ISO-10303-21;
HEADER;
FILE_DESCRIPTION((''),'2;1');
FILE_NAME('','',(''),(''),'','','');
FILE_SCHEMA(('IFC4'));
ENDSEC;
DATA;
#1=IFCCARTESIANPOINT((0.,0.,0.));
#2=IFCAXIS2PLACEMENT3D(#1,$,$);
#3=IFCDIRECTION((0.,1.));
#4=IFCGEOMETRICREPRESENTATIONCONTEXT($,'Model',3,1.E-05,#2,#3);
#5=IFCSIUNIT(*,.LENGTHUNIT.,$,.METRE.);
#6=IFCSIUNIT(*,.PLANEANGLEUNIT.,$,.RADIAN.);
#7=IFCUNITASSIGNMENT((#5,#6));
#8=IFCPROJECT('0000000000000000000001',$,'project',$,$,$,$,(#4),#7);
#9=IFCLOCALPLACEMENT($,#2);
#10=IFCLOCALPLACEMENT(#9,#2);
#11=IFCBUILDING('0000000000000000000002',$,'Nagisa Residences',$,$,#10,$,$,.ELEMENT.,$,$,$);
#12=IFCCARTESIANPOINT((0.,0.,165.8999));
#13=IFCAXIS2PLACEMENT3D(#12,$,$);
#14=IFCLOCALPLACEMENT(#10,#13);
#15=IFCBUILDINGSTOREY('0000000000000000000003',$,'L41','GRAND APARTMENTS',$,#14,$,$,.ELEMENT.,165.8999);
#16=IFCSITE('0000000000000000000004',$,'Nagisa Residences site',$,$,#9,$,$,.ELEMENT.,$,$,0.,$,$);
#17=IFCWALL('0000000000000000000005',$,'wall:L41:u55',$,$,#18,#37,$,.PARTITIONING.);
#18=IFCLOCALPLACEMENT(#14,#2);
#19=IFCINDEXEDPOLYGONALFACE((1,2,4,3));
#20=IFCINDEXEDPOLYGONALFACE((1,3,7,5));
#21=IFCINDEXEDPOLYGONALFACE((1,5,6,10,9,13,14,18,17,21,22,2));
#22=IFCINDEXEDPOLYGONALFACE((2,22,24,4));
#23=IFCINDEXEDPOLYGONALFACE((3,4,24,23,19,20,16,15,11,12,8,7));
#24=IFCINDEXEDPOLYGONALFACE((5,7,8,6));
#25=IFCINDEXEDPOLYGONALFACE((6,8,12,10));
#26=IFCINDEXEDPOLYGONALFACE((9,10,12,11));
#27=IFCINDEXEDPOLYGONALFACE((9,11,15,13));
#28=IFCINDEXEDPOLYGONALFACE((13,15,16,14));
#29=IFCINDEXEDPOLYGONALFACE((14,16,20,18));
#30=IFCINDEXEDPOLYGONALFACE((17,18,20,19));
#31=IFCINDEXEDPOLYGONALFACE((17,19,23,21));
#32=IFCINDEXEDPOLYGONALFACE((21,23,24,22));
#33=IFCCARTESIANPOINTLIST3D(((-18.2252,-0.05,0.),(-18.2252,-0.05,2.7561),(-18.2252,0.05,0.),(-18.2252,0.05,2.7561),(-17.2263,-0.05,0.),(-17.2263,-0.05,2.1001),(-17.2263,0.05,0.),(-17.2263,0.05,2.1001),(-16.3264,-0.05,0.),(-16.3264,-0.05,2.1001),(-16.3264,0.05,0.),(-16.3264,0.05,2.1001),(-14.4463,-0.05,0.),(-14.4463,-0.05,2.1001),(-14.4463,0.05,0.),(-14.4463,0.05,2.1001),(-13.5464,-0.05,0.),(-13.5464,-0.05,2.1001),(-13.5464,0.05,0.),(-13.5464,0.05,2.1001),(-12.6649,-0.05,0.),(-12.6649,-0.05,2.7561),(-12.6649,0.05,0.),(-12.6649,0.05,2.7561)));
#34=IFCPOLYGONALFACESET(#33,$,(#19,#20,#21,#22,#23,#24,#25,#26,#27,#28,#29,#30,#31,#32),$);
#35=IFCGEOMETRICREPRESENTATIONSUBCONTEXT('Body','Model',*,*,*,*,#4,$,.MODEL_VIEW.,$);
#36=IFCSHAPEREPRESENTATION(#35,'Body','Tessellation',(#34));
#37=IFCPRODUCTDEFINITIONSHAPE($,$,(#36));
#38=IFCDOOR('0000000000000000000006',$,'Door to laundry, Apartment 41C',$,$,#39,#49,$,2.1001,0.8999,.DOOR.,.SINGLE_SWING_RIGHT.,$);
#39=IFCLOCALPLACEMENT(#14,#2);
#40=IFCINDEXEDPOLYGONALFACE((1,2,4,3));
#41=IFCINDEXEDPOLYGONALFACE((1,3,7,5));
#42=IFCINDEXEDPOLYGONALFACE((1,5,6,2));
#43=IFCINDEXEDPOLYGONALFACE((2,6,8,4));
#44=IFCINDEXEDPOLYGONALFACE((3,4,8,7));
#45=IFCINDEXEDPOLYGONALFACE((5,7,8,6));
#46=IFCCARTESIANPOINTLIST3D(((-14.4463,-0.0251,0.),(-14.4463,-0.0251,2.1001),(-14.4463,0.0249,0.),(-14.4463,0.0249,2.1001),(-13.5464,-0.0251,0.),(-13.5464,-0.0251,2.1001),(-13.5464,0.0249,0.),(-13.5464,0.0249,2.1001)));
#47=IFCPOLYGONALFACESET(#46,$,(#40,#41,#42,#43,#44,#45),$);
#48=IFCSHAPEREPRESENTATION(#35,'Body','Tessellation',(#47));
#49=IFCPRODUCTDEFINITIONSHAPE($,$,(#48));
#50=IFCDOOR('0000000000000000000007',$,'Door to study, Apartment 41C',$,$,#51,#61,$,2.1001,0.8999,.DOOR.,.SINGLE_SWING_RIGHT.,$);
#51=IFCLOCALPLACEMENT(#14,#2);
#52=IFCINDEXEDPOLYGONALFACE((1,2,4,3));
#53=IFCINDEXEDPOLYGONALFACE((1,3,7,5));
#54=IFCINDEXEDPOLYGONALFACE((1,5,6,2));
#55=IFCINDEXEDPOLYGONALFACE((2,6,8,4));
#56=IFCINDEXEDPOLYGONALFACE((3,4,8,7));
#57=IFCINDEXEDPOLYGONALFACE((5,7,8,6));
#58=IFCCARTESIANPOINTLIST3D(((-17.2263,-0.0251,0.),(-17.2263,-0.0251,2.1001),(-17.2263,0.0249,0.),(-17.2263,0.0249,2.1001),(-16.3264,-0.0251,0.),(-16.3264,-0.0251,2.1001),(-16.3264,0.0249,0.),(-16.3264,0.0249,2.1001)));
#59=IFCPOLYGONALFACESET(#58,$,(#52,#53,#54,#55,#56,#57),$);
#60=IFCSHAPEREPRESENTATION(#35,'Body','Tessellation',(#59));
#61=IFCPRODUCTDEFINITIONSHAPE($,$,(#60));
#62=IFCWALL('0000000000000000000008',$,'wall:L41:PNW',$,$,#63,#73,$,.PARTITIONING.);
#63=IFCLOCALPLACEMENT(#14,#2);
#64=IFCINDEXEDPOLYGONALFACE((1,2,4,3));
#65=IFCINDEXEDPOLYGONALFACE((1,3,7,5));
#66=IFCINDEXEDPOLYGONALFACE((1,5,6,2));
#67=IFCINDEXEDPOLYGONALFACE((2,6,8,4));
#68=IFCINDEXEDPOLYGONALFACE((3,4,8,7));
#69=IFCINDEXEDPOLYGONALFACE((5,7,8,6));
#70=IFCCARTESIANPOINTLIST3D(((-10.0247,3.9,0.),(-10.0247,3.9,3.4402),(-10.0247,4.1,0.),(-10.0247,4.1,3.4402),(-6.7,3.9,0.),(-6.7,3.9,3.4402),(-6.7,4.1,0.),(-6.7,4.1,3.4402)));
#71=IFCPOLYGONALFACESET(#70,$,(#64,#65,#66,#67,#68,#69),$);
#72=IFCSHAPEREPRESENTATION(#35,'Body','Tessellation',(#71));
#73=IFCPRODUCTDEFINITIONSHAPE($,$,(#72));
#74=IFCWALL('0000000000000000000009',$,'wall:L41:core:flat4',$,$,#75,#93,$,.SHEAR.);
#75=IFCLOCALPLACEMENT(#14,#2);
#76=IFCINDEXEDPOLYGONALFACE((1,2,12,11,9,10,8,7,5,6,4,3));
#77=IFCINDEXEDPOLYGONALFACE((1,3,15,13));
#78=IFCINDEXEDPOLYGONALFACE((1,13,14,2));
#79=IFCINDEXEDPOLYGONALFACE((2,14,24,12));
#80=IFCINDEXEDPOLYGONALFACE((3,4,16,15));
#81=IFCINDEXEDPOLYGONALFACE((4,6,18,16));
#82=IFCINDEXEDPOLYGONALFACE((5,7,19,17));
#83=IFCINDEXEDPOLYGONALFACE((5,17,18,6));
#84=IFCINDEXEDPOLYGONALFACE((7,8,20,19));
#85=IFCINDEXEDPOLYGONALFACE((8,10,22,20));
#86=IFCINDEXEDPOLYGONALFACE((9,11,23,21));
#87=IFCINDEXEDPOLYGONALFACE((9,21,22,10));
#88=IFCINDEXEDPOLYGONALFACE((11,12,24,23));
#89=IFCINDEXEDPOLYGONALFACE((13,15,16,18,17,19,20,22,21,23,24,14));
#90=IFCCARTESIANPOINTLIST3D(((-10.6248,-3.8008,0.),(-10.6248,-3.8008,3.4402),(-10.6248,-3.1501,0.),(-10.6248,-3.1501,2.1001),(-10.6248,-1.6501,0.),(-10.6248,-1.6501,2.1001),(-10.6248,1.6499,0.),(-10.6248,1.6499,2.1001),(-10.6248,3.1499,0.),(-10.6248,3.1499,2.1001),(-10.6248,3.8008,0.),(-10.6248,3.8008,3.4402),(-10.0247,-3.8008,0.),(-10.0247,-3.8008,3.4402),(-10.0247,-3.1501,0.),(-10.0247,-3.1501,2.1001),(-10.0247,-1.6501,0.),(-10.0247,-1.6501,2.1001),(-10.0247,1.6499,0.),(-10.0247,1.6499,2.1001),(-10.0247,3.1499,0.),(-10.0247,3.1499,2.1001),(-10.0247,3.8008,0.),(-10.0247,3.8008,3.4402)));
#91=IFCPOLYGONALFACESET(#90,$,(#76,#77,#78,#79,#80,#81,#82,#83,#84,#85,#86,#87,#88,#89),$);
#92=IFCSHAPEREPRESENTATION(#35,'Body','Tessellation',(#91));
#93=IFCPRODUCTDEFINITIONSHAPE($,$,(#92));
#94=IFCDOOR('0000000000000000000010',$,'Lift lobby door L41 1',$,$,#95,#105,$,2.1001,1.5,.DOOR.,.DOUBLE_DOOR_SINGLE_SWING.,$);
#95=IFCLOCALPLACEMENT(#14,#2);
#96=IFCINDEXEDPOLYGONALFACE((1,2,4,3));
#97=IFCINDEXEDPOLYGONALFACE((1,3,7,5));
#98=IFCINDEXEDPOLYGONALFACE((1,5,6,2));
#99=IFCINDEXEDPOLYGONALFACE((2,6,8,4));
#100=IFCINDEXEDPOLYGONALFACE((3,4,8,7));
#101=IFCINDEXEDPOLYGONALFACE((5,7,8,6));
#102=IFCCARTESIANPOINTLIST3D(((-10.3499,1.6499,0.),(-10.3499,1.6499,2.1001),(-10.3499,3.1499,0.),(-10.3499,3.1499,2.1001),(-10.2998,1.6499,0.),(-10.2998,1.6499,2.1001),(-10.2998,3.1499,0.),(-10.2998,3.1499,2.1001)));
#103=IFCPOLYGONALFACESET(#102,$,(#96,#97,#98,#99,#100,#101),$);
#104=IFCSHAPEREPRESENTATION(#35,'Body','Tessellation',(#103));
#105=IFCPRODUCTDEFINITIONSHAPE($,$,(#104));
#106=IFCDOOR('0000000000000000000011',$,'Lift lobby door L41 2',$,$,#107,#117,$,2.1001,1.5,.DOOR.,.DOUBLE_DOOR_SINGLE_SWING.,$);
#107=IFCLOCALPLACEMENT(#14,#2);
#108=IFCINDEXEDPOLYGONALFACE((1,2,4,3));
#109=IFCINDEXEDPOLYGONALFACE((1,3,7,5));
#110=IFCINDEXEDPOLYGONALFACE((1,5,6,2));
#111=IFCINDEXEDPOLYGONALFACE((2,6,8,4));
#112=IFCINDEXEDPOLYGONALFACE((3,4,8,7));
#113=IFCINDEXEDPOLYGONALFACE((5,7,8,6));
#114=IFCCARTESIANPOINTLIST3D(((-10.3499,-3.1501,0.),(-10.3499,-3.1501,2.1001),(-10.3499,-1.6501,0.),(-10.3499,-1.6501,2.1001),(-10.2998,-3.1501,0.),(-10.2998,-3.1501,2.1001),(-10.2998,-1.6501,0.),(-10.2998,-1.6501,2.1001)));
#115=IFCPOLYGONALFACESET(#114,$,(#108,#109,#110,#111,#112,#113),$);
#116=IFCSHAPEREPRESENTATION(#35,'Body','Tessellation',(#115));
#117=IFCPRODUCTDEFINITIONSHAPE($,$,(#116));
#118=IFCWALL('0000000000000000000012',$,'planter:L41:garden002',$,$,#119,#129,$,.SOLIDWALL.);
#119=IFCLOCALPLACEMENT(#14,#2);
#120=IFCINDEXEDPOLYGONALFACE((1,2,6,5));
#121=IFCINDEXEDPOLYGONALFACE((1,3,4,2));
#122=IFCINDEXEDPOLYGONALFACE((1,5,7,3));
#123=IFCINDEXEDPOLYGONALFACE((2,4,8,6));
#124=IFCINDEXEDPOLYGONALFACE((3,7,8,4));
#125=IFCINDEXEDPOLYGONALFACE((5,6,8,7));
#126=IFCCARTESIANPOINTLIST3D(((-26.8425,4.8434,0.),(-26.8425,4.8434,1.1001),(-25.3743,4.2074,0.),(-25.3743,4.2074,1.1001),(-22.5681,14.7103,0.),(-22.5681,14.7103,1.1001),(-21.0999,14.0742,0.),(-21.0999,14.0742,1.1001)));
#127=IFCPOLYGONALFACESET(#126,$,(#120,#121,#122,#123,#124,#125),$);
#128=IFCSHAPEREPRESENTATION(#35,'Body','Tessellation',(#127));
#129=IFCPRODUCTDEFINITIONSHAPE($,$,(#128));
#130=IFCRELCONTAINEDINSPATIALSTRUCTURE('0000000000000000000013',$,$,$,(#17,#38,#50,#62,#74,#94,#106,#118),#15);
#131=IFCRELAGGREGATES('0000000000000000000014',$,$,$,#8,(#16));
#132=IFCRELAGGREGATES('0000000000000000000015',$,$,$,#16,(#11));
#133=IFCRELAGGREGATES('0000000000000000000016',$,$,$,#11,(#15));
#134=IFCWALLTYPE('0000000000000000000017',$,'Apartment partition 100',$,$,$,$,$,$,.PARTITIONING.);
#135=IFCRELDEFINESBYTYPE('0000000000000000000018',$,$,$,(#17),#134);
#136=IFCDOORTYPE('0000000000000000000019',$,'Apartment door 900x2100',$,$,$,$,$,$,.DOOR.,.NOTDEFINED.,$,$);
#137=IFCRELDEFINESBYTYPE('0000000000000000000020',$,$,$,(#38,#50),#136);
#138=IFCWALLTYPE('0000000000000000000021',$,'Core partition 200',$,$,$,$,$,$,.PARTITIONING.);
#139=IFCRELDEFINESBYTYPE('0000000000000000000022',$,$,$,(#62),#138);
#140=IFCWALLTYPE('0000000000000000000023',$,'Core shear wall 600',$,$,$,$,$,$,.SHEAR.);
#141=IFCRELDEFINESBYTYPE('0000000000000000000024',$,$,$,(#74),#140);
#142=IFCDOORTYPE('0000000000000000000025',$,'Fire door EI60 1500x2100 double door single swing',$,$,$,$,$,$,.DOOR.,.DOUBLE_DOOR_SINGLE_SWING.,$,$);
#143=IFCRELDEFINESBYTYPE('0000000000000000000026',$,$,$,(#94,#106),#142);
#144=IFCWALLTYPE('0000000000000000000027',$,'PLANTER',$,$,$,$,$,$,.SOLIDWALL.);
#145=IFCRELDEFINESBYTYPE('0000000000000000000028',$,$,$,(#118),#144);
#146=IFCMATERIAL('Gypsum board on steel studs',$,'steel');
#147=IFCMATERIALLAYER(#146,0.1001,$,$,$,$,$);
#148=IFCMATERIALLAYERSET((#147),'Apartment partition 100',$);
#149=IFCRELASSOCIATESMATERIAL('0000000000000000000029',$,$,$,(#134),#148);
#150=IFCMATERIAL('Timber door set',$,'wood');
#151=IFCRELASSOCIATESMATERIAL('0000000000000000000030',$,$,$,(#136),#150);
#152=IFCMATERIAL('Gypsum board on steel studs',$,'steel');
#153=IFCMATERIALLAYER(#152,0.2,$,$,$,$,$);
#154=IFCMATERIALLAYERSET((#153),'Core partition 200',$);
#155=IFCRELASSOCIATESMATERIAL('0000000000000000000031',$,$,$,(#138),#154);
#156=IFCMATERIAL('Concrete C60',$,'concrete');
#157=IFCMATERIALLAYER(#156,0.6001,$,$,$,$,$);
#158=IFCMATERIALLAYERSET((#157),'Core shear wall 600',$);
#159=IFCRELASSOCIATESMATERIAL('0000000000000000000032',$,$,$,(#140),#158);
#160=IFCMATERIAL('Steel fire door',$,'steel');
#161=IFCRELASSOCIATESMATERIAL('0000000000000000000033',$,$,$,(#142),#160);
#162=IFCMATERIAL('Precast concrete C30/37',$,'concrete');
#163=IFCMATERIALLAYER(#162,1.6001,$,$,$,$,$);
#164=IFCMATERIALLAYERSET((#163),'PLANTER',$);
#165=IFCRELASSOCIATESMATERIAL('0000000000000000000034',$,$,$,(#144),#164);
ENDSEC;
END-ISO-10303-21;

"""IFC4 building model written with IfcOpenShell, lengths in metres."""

from ifc_helpers import new_model, si_unit, direction, frame, frame_2d, origin, place, context, subcontext, project, spatial, rectangle, extrude, material, layer, layer_set, type_object, element, fill, save


model = new_model("IFC4")

# Units and contexts
model_context = context("Model", 3, precision=1e-05, world=origin(), true_north=direction((0.0, 1.0)))
body_context = subcontext(model_context, "Body", "Model", "MODEL_VIEW")
ifc_project = project(units=[si_unit("LENGTHUNIT", "METRE"), si_unit("PLANEANGLEUNIT", "RADIAN")], contexts=[model_context])

# Site, building, storey
site_placement = place(None, origin())
site = spatial("IfcSite", under=ifc_project, at=site_placement, Name="Nagisa Residences site", CompositionType="ELEMENT", RefElevation=0.0)
building_placement = place(site_placement, origin())
building = spatial("IfcBuilding", under=site, at=building_placement, Name="Nagisa Residences", CompositionType="ELEMENT")
storey_placement = place(building_placement, frame((0.0, 0.0, 165.8999)))
storey = spatial("IfcBuildingStorey", under=building, at=storey_placement, Name="L41", Description="GRAND APARTMENTS", CompositionType="ELEMENT", Elevation=165.8999)

# Shared definitions
ifc_material_1 = material(Name="Gypsum board on steel studs", Category="steel")
ifc_layer_1 = layer(ifc_material_1, 0.1001)
ifc_layer_set_1 = layer_set([ifc_layer_1], Name="Apartment partition 100")
wall_type_1 = type_object("IfcWallType", Name="Apartment partition 100", PredefinedType="PARTITIONING", material=ifc_layer_set_1)
ifc_material_2 = material(Name="Timber door set", Category="wood")
door_type_1 = type_object("IfcDoorType", Name="Apartment door 900x2100", OperationType="NOTDEFINED", PredefinedType="DOOR", material=ifc_material_2)

# Wall, openings, doors
wall_1_placement = place(storey_placement, frame((-12.6648, 0.0, 0.0), z_axis=(0.0, 0.0, 1.0), x_axis=(-1.0, 0.0, 0.0)))
wall_1 = element("IfcWall", 1, at=wall_1_placement, inside=storey, type_object=wall_type_1, Name="wall:L41:u55", PredefinedType="PARTITIONING", context=body_context, shape_type="SweptSolid", body=[
    extrude(rectangle(XDim=5.5603, YDim=0.1001, at=frame_2d((2.7803, 0.0))), origin(), (0.0, 0.0, 1.0), 2.7561),
])
opening_1_placement = place(wall_1_placement, frame((0.8816, 0.0, 0.0)))
opening_1 = element("IfcOpeningElement", 2, at=opening_1_placement, cuts=wall_1, PredefinedType="OPENING", context=body_context, shape_type="SweptSolid", body=[
    extrude(rectangle(XDim=0.8999, YDim=2.1001, at=frame_2d((0.45, 1.05))), frame((0.0, 0.0601, 0.0), z_axis=(0.0, -1.0, 0.0), x_axis=(1.0, 0.0, 0.0)), (0.0, 0.0, 1.0), 0.1201),
])
opening_2_placement = place(wall_1_placement, frame((3.6616, 0.0, 0.0)))
opening_2 = element("IfcOpeningElement", 3, at=opening_2_placement, cuts=wall_1, PredefinedType="OPENING", context=body_context, shape_type="SweptSolid", body=[
    extrude(rectangle(XDim=0.8999, YDim=2.1001, at=frame_2d((0.45, 1.05))), frame((0.0, 0.0601, 0.0), z_axis=(0.0, -1.0, 0.0), x_axis=(1.0, 0.0, 0.0)), (0.0, 0.0, 1.0), 0.1201),
])
door_1_placement = place(opening_1_placement, frame((0.8999, 0.0, 0.0), x_axis=(-1.0, 0.0, 0.0)))
door_1 = element("IfcDoor", 4, at=door_1_placement, inside=storey, type_object=door_type_1, Name="Door to laundry, Apartment 41C", OperationType="SINGLE_SWING_RIGHT", OverallHeight=2.1001, OverallWidth=0.8999, PredefinedType="DOOR", context=body_context, shape_type="SweptSolid", body=[
    extrude(rectangle(XDim=0.8999, YDim=2.1001, at=frame_2d((0.45, 1.05))), frame((0.0, 0.0249, 0.0), z_axis=(0.0, -1.0, 0.0), x_axis=(1.0, 0.0, 0.0)), (0.0, 0.0, 1.0), 0.05),
])
fill(opening_1, door_1)
door_2_placement = place(opening_2_placement, frame((0.8999, 0.0, 0.0), x_axis=(-1.0, 0.0, 0.0)))
door_2 = element("IfcDoor", 5, at=door_2_placement, inside=storey, type_object=door_type_1, Name="Door to study, Apartment 41C", OperationType="SINGLE_SWING_RIGHT", OverallHeight=2.1001, OverallWidth=0.8999, PredefinedType="DOOR", context=body_context, shape_type="SweptSolid", body=[
    extrude(rectangle(XDim=0.8999, YDim=2.1001, at=frame_2d((0.45, 1.05))), frame((0.0, 0.0249, 0.0), z_axis=(0.0, -1.0, 0.0), x_axis=(1.0, 0.0, 0.0)), (0.0, 0.0, 1.0), 0.05),
])
fill(opening_2, door_2)

# Wall
ifc_material_3 = material(Name="Gypsum board on steel studs", Category="steel")
ifc_layer_2 = layer(ifc_material_3, 0.2)
ifc_layer_set_2 = layer_set([ifc_layer_2], Name="Core partition 200")
wall_type_2 = type_object("IfcWallType", Name="Core partition 200", PredefinedType="PARTITIONING", material=ifc_layer_set_2)
wall_2_placement = place(storey_placement, frame((-10.0247, 4.0, 0.0), z_axis=(0.0, 0.0, 1.0), x_axis=(1.0, 0.0, 0.0)))
element("IfcWall", 6, at=wall_2_placement, inside=storey, type_object=wall_type_2, Name="wall:L41:PNW", PredefinedType="PARTITIONING", context=body_context, shape_type="SweptSolid", body=[
    extrude(rectangle(XDim=3.3247, YDim=0.2, at=frame_2d((1.6624, 0.0))), origin(), (0.0, 0.0, 1.0), 3.4402),
])

# Wall, openings, doors
ifc_material_4 = material(Name="Concrete C60", Category="concrete")
ifc_layer_3 = layer(ifc_material_4, 0.6001)
ifc_layer_set_3 = layer_set([ifc_layer_3], Name="Core shear wall 600")
wall_type_3 = type_object("IfcWallType", Name="Core shear wall 600", PredefinedType="SHEAR", material=ifc_layer_set_3)
wall_3_placement = place(storey_placement, frame((-10.3247, 3.8008, 0.0), z_axis=(0.0, 0.0, 1.0), x_axis=(0.0, -1.0, 0.0)))
wall_3 = element("IfcWall", 7, at=wall_3_placement, inside=storey, type_object=wall_type_3, Name="wall:L41:core:flat4", PredefinedType="SHEAR", context=body_context, shape_type="SweptSolid", body=[
    extrude(rectangle(XDim=7.6016, YDim=0.6001, at=frame_2d((3.8008, 0.0))), origin(), (0.0, 0.0, 1.0), 3.4402),
])
opening_3_placement = place(wall_3_placement, frame((0.6509, 0.0, 0.0)))
opening_3 = element("IfcOpeningElement", 8, at=opening_3_placement, cuts=wall_3, PredefinedType="OPENING", context=body_context, shape_type="SweptSolid", body=[
    extrude(rectangle(XDim=1.5, YDim=2.1001, at=frame_2d((0.75, 1.05))), frame((0.0, 0.3101, 0.0), z_axis=(0.0, -1.0, 0.0), x_axis=(1.0, 0.0, 0.0)), (0.0, 0.0, 1.0), 0.6201),
])
opening_4_placement = place(wall_3_placement, frame((5.4509, 0.0, 0.0)))
opening_4 = element("IfcOpeningElement", 9, at=opening_4_placement, cuts=wall_3, PredefinedType="OPENING", context=body_context, shape_type="SweptSolid", body=[
    extrude(rectangle(XDim=1.5, YDim=2.1001, at=frame_2d((0.75, 1.05))), frame((0.0, 0.3101, 0.0), z_axis=(0.0, -1.0, 0.0), x_axis=(1.0, 0.0, 0.0)), (0.0, 0.0, 1.0), 0.6201),
])
ifc_material_5 = material(Name="Steel fire door", Category="steel")
door_type_2 = type_object("IfcDoorType", Name="Fire door EI60 1500x2100 double door single swing", OperationType="DOUBLE_DOOR_SINGLE_SWING", PredefinedType="DOOR", material=ifc_material_5)
door_3_placement = place(opening_3_placement, origin())
door_3 = element("IfcDoor", 10, at=door_3_placement, inside=storey, type_object=door_type_2, Name="Lift lobby door L41 1", OperationType="DOUBLE_DOOR_SINGLE_SWING", OverallHeight=2.1001, OverallWidth=1.5, PredefinedType="DOOR", context=body_context, shape_type="SweptSolid", body=[
    extrude(rectangle(XDim=1.5, YDim=2.1001, at=frame_2d((0.75, 1.05))), frame((0.0, 0.0249, 0.0), z_axis=(0.0, -1.0, 0.0), x_axis=(1.0, 0.0, 0.0)), (0.0, 0.0, 1.0), 0.05),
])
fill(opening_3, door_3)
door_4_placement = place(opening_4_placement, origin())
door_4 = element("IfcDoor", 11, at=door_4_placement, inside=storey, type_object=door_type_2, Name="Lift lobby door L41 2", OperationType="DOUBLE_DOOR_SINGLE_SWING", OverallHeight=2.1001, OverallWidth=1.5, PredefinedType="DOOR", context=body_context, shape_type="SweptSolid", body=[
    extrude(rectangle(XDim=1.5, YDim=2.1001, at=frame_2d((0.75, 1.05))), frame((0.0, 0.0249, 0.0), z_axis=(0.0, -1.0, 0.0), x_axis=(1.0, 0.0, 0.0)), (0.0, 0.0, 1.0), 0.05),
])
fill(opening_4, door_4)

# Wall
ifc_material_6 = material(Name="Precast concrete C30/37", Category="concrete")
ifc_layer_4 = layer(ifc_material_6, 1.6001)
ifc_layer_set_4 = layer_set([ifc_layer_4], Name="PLANTER")
wall_type_4 = type_object("IfcWallType", Name="PLANTER", PredefinedType="SOLIDWALL", material=ifc_layer_set_4)
wall_4_placement = place(storey_placement, frame((-26.1084, 4.5254, 0.0), z_axis=(0.0, 0.0, 1.0), x_axis=(0.397509, 0.917598, 0.0)))
element("IfcWall", 12, at=wall_4_placement, inside=storey, type_object=wall_type_4, Name="planter:L41:garden002", PredefinedType="SOLIDWALL", context=body_context, shape_type="SweptSolid", body=[
    extrude(rectangle(XDim=10.7529, YDim=1.6001, at=frame_2d((5.3765, 0.0))), origin(), (0.0, 0.0, 1.0), 1.1001),
])

save(model, "model.ifc")
